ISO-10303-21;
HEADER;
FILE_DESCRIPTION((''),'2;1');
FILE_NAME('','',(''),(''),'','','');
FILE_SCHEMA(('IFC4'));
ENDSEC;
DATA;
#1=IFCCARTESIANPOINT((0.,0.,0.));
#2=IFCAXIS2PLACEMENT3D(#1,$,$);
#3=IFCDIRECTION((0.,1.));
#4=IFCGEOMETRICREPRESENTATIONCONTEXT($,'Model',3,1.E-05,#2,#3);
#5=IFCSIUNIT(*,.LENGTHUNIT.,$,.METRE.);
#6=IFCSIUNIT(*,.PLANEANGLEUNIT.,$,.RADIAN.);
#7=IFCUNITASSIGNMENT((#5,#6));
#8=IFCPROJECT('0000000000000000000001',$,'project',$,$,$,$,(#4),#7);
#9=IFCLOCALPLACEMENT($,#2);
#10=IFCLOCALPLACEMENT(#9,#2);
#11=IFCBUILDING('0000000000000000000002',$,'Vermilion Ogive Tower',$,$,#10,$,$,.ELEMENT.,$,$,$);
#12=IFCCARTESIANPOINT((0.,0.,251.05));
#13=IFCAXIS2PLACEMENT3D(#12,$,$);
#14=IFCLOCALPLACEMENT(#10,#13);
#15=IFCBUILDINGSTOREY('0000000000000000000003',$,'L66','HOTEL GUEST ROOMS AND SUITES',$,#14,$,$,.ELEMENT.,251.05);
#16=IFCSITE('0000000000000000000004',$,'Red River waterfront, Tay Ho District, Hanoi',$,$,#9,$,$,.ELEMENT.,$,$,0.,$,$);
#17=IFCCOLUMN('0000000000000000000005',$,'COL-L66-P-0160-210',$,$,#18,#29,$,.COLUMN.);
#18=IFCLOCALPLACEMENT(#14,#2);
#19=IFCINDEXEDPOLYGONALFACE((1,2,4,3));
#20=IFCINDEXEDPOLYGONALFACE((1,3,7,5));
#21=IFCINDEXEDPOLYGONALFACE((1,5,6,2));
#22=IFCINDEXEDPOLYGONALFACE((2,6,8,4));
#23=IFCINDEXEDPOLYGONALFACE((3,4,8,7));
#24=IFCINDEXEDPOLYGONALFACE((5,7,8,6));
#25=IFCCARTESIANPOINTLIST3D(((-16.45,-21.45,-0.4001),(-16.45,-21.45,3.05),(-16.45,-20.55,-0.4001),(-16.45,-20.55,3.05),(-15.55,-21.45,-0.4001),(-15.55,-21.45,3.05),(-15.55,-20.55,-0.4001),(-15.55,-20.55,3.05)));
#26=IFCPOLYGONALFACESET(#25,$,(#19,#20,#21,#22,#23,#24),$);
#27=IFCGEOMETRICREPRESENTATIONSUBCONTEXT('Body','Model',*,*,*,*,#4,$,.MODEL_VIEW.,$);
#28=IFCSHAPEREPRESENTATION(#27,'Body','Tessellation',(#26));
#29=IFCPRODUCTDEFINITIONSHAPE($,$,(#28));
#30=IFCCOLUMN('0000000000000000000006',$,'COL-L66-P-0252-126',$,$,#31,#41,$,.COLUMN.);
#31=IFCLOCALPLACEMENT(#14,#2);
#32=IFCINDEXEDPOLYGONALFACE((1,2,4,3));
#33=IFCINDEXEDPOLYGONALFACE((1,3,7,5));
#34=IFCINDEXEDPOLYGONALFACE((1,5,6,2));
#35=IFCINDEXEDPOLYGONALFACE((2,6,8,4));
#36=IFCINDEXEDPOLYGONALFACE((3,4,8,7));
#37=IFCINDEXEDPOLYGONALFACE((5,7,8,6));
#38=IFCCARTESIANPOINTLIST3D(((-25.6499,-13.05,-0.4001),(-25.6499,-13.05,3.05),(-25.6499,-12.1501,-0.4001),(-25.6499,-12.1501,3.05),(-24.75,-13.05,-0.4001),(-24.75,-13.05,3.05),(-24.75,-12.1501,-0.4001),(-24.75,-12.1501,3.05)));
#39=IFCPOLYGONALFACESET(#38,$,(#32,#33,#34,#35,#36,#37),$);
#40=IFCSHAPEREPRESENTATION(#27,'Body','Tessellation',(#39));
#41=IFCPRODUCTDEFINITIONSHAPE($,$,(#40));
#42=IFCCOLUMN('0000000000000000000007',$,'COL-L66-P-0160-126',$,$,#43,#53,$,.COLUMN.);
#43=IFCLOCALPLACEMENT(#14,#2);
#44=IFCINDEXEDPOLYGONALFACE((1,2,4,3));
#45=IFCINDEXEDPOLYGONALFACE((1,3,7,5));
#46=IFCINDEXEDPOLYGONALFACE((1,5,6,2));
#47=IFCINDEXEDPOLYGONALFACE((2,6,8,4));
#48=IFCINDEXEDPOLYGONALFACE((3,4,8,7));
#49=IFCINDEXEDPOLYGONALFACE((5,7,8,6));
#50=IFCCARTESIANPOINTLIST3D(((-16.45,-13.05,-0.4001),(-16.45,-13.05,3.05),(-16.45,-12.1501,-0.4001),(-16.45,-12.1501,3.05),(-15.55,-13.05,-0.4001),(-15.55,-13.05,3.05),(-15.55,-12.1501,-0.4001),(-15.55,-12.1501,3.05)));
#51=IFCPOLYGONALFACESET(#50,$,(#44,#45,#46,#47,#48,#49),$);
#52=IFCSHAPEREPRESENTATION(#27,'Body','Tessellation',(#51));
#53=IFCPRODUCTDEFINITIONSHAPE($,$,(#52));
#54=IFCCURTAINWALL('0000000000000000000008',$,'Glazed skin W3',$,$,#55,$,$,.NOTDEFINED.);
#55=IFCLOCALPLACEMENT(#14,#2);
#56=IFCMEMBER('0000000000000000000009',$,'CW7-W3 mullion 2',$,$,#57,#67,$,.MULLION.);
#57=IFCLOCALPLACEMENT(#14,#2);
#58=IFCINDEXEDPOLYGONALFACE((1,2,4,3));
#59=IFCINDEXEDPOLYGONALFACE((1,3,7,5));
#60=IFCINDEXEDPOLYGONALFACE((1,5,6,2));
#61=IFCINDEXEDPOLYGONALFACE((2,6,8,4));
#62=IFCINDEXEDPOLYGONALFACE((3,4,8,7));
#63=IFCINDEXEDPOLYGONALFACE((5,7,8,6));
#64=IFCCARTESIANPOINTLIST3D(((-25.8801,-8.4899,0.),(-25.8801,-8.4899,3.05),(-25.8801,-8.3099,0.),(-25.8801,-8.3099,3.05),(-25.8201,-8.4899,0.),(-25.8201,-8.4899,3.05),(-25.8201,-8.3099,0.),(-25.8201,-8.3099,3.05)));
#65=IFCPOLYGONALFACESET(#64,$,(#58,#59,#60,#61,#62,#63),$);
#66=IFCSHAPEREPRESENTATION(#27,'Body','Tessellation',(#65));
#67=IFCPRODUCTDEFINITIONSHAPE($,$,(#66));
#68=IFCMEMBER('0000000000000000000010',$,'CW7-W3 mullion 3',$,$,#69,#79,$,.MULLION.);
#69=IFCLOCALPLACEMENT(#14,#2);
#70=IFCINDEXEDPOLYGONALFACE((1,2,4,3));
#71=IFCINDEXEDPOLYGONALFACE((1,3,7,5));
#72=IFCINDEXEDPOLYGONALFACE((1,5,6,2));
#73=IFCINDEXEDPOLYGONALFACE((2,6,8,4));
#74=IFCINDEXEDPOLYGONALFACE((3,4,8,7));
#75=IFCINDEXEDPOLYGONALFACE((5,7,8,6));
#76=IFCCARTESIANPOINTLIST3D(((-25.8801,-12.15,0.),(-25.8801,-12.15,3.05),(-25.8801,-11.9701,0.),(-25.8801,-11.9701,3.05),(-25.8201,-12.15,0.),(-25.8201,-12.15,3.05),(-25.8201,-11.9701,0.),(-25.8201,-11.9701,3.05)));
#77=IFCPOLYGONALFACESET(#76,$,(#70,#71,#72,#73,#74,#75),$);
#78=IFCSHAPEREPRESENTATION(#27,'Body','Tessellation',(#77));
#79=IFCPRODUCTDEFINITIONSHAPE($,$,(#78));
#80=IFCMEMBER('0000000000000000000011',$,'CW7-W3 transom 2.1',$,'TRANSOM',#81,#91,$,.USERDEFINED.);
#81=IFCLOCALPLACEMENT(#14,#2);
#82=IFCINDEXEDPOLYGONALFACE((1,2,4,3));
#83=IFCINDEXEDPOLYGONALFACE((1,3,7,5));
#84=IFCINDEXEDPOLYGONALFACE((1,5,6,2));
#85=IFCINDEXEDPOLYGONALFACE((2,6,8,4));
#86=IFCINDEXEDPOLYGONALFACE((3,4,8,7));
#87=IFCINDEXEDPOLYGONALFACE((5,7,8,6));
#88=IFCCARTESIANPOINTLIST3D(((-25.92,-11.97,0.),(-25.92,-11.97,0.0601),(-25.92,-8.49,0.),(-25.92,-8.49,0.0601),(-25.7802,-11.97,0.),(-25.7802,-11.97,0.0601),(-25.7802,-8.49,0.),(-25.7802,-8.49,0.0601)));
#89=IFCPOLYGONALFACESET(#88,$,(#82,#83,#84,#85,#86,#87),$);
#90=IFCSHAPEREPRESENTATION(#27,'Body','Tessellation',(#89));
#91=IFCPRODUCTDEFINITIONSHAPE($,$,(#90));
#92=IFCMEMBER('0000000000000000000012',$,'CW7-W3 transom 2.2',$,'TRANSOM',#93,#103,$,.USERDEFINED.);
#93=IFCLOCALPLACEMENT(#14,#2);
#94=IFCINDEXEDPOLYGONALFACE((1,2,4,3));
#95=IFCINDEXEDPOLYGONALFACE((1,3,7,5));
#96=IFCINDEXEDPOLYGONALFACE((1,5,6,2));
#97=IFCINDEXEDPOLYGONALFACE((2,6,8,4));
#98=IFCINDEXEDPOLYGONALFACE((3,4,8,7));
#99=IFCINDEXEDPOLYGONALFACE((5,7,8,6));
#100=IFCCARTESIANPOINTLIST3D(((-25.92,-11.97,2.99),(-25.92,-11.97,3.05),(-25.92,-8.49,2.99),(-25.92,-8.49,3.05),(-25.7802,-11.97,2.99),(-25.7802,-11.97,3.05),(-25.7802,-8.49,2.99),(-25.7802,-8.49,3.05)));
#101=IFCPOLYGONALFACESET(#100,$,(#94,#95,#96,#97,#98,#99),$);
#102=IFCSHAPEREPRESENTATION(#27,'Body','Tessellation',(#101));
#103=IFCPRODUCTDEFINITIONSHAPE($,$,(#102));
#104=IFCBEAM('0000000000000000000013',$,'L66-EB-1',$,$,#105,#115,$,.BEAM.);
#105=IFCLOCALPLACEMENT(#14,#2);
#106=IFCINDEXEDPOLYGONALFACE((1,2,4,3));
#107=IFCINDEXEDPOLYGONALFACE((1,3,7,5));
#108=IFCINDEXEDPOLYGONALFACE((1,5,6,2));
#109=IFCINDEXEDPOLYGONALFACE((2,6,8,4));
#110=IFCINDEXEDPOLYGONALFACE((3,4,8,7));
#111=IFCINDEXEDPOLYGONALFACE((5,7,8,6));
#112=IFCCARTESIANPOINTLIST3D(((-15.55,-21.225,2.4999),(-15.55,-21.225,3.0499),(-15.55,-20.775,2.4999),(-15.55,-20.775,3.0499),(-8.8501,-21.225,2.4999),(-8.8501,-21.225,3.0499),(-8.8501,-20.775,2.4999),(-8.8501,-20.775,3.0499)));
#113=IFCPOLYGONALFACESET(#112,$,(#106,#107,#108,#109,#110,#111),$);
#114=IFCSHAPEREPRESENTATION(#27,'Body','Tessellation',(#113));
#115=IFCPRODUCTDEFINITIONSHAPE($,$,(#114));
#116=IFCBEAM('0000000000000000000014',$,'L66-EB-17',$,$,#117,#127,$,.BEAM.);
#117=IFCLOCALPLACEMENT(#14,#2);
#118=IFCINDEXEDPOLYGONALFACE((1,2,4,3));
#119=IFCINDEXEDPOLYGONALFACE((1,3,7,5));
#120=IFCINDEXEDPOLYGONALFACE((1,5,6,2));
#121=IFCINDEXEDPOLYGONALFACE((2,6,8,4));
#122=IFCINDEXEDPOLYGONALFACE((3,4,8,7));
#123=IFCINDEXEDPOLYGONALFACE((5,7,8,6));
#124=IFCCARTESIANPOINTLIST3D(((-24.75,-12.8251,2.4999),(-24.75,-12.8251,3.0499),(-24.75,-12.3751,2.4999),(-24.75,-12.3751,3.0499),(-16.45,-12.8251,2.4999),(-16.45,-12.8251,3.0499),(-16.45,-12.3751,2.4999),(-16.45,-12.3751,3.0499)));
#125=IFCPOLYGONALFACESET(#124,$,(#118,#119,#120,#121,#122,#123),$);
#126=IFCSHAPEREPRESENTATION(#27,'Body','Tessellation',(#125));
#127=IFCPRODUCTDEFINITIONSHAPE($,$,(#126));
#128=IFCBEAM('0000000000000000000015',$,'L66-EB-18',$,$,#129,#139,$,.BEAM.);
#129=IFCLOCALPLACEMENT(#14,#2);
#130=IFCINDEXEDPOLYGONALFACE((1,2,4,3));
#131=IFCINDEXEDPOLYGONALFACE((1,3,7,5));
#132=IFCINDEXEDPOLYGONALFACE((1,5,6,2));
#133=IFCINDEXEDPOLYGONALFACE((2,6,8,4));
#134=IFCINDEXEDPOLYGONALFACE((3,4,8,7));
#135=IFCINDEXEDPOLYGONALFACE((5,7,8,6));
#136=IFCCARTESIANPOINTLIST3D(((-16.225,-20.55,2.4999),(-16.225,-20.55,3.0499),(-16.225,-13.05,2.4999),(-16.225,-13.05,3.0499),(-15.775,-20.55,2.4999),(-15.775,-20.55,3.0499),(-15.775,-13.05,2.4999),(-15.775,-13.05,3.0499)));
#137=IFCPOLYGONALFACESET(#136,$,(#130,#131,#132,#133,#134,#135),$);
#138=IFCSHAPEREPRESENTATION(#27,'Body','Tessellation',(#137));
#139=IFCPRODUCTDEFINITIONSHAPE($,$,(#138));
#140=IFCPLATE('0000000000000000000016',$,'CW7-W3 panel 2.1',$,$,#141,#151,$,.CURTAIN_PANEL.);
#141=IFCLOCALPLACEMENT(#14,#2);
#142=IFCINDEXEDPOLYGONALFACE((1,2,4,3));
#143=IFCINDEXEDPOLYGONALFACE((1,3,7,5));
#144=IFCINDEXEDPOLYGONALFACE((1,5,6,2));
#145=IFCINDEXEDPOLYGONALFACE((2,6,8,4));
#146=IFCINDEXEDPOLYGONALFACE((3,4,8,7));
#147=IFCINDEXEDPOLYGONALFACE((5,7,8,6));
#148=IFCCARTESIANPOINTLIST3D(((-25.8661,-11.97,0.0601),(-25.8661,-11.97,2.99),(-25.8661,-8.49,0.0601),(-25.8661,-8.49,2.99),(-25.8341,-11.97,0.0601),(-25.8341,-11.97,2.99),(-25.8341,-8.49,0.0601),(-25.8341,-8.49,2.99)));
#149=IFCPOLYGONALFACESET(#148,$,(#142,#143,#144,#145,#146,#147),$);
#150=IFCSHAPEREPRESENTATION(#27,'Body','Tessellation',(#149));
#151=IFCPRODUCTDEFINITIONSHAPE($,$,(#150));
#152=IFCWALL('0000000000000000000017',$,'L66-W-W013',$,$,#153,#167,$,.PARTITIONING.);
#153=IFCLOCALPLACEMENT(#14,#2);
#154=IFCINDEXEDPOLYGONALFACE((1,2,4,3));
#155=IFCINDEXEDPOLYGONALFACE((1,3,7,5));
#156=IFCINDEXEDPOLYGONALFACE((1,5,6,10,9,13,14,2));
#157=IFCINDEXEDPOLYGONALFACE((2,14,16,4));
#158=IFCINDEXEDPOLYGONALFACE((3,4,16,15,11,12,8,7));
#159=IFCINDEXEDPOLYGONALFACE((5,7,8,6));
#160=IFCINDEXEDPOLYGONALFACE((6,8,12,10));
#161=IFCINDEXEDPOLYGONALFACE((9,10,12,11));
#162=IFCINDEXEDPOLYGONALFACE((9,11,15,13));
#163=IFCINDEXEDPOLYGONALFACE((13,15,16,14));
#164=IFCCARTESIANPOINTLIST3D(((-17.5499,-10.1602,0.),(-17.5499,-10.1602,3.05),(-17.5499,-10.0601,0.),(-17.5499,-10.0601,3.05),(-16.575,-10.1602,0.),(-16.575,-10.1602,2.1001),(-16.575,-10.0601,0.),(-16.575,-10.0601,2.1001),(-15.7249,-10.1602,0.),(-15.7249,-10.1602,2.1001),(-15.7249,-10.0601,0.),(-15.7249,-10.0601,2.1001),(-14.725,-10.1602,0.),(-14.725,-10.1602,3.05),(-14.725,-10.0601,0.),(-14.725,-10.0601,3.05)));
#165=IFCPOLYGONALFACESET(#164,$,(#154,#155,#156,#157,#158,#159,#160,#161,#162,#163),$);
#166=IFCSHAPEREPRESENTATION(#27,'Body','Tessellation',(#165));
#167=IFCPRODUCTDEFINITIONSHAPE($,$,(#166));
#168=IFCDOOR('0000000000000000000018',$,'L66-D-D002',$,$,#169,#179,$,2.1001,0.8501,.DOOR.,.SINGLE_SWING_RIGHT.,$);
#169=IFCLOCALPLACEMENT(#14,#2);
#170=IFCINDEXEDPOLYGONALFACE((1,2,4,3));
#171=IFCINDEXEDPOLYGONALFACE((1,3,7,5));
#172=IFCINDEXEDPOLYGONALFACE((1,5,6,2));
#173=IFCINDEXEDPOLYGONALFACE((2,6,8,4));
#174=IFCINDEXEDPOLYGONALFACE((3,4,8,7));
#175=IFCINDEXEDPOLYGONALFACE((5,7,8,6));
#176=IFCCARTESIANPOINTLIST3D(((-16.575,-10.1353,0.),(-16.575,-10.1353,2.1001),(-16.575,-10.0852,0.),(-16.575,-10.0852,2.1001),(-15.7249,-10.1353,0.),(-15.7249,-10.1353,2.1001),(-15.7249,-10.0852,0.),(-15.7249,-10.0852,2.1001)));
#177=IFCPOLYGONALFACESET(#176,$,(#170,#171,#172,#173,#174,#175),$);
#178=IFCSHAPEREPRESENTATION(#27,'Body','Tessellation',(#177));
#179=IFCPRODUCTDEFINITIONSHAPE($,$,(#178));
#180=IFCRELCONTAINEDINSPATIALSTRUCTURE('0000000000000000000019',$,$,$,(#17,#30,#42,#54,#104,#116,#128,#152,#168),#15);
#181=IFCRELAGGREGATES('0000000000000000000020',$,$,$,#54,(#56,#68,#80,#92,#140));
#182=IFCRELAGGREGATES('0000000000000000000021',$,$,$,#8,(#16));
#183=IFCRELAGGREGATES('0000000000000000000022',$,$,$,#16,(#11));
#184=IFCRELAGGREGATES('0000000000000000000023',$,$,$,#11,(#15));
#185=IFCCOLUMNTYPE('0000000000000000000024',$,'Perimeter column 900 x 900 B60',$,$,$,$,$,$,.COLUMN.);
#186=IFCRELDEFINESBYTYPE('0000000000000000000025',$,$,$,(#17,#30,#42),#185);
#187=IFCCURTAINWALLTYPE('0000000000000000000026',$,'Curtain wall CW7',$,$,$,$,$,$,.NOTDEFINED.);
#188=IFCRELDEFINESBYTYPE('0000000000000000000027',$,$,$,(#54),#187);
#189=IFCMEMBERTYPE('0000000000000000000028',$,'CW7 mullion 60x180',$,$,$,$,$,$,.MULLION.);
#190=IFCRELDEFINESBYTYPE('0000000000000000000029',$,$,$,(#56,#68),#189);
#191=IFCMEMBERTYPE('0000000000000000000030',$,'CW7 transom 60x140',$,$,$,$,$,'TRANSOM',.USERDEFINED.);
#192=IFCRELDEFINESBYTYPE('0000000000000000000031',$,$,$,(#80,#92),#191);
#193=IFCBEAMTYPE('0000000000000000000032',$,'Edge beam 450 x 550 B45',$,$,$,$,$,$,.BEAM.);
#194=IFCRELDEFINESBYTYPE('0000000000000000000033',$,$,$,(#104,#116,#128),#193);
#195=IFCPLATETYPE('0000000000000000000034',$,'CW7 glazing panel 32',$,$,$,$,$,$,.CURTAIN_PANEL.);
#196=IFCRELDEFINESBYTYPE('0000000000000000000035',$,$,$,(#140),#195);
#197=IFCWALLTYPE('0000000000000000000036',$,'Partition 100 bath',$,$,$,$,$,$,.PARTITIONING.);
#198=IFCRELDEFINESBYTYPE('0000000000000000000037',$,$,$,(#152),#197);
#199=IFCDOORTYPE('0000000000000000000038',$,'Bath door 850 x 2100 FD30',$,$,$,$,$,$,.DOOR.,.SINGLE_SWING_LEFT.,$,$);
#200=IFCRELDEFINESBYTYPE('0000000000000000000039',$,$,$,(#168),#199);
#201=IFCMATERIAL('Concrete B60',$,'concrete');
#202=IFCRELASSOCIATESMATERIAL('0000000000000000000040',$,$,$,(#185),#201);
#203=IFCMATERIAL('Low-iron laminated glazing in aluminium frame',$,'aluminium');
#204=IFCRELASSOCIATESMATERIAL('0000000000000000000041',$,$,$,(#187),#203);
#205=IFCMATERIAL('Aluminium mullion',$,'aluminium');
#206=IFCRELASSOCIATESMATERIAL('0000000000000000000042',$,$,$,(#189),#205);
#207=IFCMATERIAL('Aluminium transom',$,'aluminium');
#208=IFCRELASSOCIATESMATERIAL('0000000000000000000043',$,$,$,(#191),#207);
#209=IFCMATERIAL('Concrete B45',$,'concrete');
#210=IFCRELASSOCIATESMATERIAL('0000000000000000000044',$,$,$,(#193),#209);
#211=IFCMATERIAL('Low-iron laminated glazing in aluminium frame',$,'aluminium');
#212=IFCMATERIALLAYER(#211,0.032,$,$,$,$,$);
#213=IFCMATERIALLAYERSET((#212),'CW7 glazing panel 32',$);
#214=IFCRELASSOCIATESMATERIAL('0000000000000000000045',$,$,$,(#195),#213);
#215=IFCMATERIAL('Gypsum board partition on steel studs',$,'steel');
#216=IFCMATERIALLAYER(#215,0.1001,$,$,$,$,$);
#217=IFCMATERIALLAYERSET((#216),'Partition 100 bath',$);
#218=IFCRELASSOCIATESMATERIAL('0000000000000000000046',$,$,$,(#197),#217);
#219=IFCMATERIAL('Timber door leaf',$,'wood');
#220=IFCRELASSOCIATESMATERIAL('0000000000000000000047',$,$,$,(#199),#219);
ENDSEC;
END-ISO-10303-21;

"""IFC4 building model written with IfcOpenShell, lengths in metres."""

from ifc_helpers import new_model, si_unit, direction, frame, frame_2d, origin, origin_2d, place, context, subcontext, project, spatial, rectangle, extrude, material, layer, layer_set, material_profile, profile_set, type_object, element, fill, aggregate, save


model = new_model("IFC4")

# Units and contexts
model_context = context("Model", 3, precision=1e-05, world=origin(), true_north=direction((0.0, 1.0)))
body_context = subcontext(model_context, "Body", "Model", "MODEL_VIEW")
ifc_project = project(units=[si_unit("LENGTHUNIT", "METRE"), si_unit("PLANEANGLEUNIT", "RADIAN")], contexts=[model_context])

# Site, building, storey
site_placement = place(None, origin())
site = spatial("IfcSite", under=ifc_project, at=site_placement, Name="Red River waterfront, Tay Ho District, Hanoi", CompositionType="ELEMENT", RefElevation=0.0)
building_placement = place(site_placement, origin())
building = spatial("IfcBuilding", under=site, at=building_placement, Name="Vermilion Ogive Tower", CompositionType="ELEMENT")
storey_placement = place(building_placement, frame((0.0, 0.0, 251.05)))
storey = spatial("IfcBuildingStorey", under=building, at=storey_placement, Name="L66", Description="HOTEL GUEST ROOMS AND SUITES", CompositionType="ELEMENT", Elevation=251.05)

# Columns
ifc_material_1 = material(Name="Concrete B60", Category="concrete")
ifc_material_profile_1 = material_profile(ifc_material_1, rectangle(XDim=0.8999, YDim=0.8999, at=origin_2d()), Name="900 x 900")
ifc_profile_set_1 = profile_set([ifc_material_profile_1], Name="Concrete B60")
column_type = type_object("IfcColumnType", Name="Perimeter column 900 x 900 B60", PredefinedType="COLUMN", material=ifc_profile_set_1)
for number, where, z_axis, x_axis, name in (
    (1, (-16.0, -21.0, -0.4001), (0.0, 0.0, 1.0), (1.0, 0.0, 0.0), "COL-L66-P-0160-210"),
    (2, (-25.2, -12.6001, -0.4001), (0.0, 0.0, 1.0), (1.0, 0.0, 0.0), "COL-L66-P-0252-126"),
    (3, (-16.0, -12.6001, -0.4001), (0.0, 0.0, 1.0), (1.0, 0.0, 0.0), "COL-L66-P-0160-126"),
):
    element("IfcColumn", number, at=place(storey_placement, frame(where, z_axis=z_axis, x_axis=x_axis)), inside=storey, type_object=column_type, Name=name, PredefinedType="COLUMN", context=body_context, shape_type="SweptSolid", body=[
        extrude(rectangle(XDim=0.8999, YDim=0.8999, at=origin_2d()), origin(), (0.0, 0.0, 1.0), 3.4502),
    ])

# Curtain wall, members
ifc_material_2 = material(Name="Low-iron laminated glazing in aluminium frame", Category="aluminium")
curtain_wall_type = type_object("IfcCurtainWallType", Name="Curtain wall CW7", PredefinedType="NOTDEFINED", material=ifc_material_2)
curtain_wall_placement = place(storey_placement, origin())
curtain_wall = element("IfcCurtainWall", 4, at=curtain_wall_placement, inside=storey, type_object=curtain_wall_type, Name="Glazed skin W3", PredefinedType="NOTDEFINED")
ifc_material_3 = material(Name="Aluminium mullion", Category="aluminium")
ifc_material_profile_2 = material_profile(ifc_material_3, rectangle(XDim=0.0601, YDim=0.1799, at=origin_2d()), Name="AL 60x180")
ifc_profile_set_2 = profile_set([ifc_material_profile_2], Name="Aluminium mullion")
member_type_1 = type_object("IfcMemberType", Name="CW7 mullion 60x180", PredefinedType="MULLION", material=ifc_profile_set_2)
member_1_placement = place(storey_placement, frame((-25.8501, -8.3999, 0.0), z_axis=(0.0, 0.0, 1.0), x_axis=(1.0, 0.0, 0.0)))
member_1 = element("IfcMember", 5, at=member_1_placement, type_object=member_type_1, Name="CW7-W3 mullion 2", PredefinedType="MULLION", context=body_context, shape_type="SweptSolid", body=[
    extrude(rectangle(XDim=0.0601, YDim=0.1799, at=origin_2d()), origin(), (0.0, 0.0, 1.0), 3.05),
])
member_2_placement = place(storey_placement, frame((-25.8501, -12.0601, 0.0), z_axis=(0.0, 0.0, 1.0), x_axis=(1.0, 0.0, 0.0)))
member_2 = element("IfcMember", 6, at=member_2_placement, type_object=member_type_1, Name="CW7-W3 mullion 3", PredefinedType="MULLION", context=body_context, shape_type="SweptSolid", body=[
    extrude(rectangle(XDim=0.0601, YDim=0.1799, at=origin_2d()), origin(), (0.0, 0.0, 1.0), 3.05),
])
ifc_material_4 = material(Name="Aluminium transom", Category="aluminium")
ifc_material_profile_3 = material_profile(ifc_material_4, rectangle(XDim=0.1399, YDim=0.0601, at=origin_2d()), Name="AL 60x140")
ifc_profile_set_3 = profile_set([ifc_material_profile_3], Name="Aluminium transom")
member_type_2 = type_object("IfcMemberType", Name="CW7 transom 60x140", ElementType="TRANSOM", PredefinedType="USERDEFINED", material=ifc_profile_set_3)
member_3_placement = place(storey_placement, frame((-25.8501, -8.49, 0.03), z_axis=(0.0, -1.0, 0.0), x_axis=(1.0, 0.0, 0.0)))
member_3 = element("IfcMember", 7, at=member_3_placement, type_object=member_type_2, Name="CW7-W3 transom 2.1", ObjectType="TRANSOM", PredefinedType="USERDEFINED", context=body_context, shape_type="SweptSolid", body=[
    extrude(rectangle(XDim=0.1399, YDim=0.0601, at=origin_2d()), origin(), (0.0, 0.0, 1.0), 3.48),
])
member_4_placement = place(storey_placement, frame((-25.8501, -8.49, 3.02), z_axis=(0.0, -1.0, 0.0), x_axis=(1.0, 0.0, 0.0)))
member_4 = element("IfcMember", 8, at=member_4_placement, type_object=member_type_2, Name="CW7-W3 transom 2.2", ObjectType="TRANSOM", PredefinedType="USERDEFINED", context=body_context, shape_type="SweptSolid", body=[
    extrude(rectangle(XDim=0.1399, YDim=0.0601, at=origin_2d()), origin(), (0.0, 0.0, 1.0), 3.48),
])

# Beams
ifc_material_5 = material(Name="Concrete B45", Category="concrete")
ifc_material_profile_4 = material_profile(ifc_material_5, rectangle(XDim=0.45, YDim=0.55, at=origin_2d()), Name="450 x 550")
ifc_profile_set_4 = profile_set([ifc_material_profile_4], Name="Concrete B45")
beam_type = type_object("IfcBeamType", Name="Edge beam 450 x 550 B45", PredefinedType="BEAM", material=ifc_profile_set_4)
beam_1_placement = place(storey_placement, frame((-15.55, -21.0, 2.7749), z_axis=(1.0, 0.0, 0.0), x_axis=(0.0, 1.0, 0.0)))
element("IfcBeam", 9, at=beam_1_placement, inside=storey, type_object=beam_type, Name="L66-EB-1", PredefinedType="BEAM", context=body_context, shape_type="SweptSolid", body=[
    extrude(rectangle(XDim=0.45, YDim=0.55, at=origin_2d()), origin(), (0.0, 0.0, 1.0), 6.7),
])
beam_2_placement = place(storey_placement, frame((-24.75, -12.6001, 2.7749), z_axis=(1.0, 0.0, 0.0), x_axis=(0.0, 1.0, 0.0)))
element("IfcBeam", 10, at=beam_2_placement, inside=storey, type_object=beam_type, Name="L66-EB-17", PredefinedType="BEAM", context=body_context, shape_type="SweptSolid", body=[
    extrude(rectangle(XDim=0.45, YDim=0.55, at=origin_2d()), origin(), (0.0, 0.0, 1.0), 8.3),
])
beam_3_placement = place(storey_placement, frame((-16.0, -13.05, 2.7749), z_axis=(0.0, -1.0, 0.0), x_axis=(1.0, 0.0, 0.0)))
element("IfcBeam", 11, at=beam_3_placement, inside=storey, type_object=beam_type, Name="L66-EB-18", PredefinedType="BEAM", context=body_context, shape_type="SweptSolid", body=[
    extrude(rectangle(XDim=0.45, YDim=0.55, at=origin_2d()), origin(), (0.0, 0.0, 1.0), 7.5),
])

# Plate
ifc_material_6 = material(Name="Low-iron laminated glazing in aluminium frame", Category="aluminium")
ifc_layer_1 = layer(ifc_material_6, 0.032)
ifc_layer_set_1 = layer_set([ifc_layer_1], Name="CW7 glazing panel 32")
plate_type = type_object("IfcPlateType", Name="CW7 glazing panel 32", PredefinedType="CURTAIN_PANEL", material=ifc_layer_set_1)
plate_placement = place(storey_placement, frame((-25.8501, -10.23, 0.0601), z_axis=(0.0, 0.0, 1.0), x_axis=(0.0, -1.0, 0.0)))
plate = element("IfcPlate", 12, at=plate_placement, type_object=plate_type, Name="CW7-W3 panel 2.1", PredefinedType="CURTAIN_PANEL", context=body_context, shape_type="SweptSolid", body=[
    extrude(rectangle(XDim=3.48, YDim=0.032, at=origin_2d()), origin(), (0.0, 0.0, 1.0), 2.9299),
])
aggregate(curtain_wall, [member_1, member_2, member_3, member_4, plate])

# Wall, opening, door
ifc_material_7 = material(Name="Gypsum board partition on steel studs", Category="steel")
ifc_layer_2 = layer(ifc_material_7, 0.1001)
ifc_layer_set_2 = layer_set([ifc_layer_2], Name="Partition 100 bath")
wall_type_1 = type_object("IfcWallType", Name="Partition 100 bath", PredefinedType="PARTITIONING", material=ifc_layer_set_2)
wall_1_placement = place(storey_placement, frame((-17.55, -10.1101, 0.0), z_axis=(0.0, 0.0, 1.0), x_axis=(1.0, 0.0, 0.0)))
wall_1 = element("IfcWall", 13, at=wall_1_placement, inside=storey, type_object=wall_type_1, Name="L66-W-W013", PredefinedType="PARTITIONING", context=body_context, shape_type="SweptSolid", body=[
    extrude(rectangle(XDim=2.825, YDim=0.1001, at=frame_2d((1.4126, 0.0))), origin(), (0.0, 0.0, 1.0), 3.05),
])
opening_1_placement = place(wall_1_placement, frame((0.9751, 0.0, 0.0)))
opening_1 = element("IfcOpeningElement", 14, at=opening_1_placement, cuts=wall_1, PredefinedType="OPENING", context=body_context, shape_type="SweptSolid", body=[
    extrude(rectangle(XDim=0.8501, YDim=2.1001, at=frame_2d((0.425, 1.05))), frame((0.0, 0.0601, 0.0), z_axis=(0.0, -1.0, 0.0), x_axis=(1.0, 0.0, 0.0)), (0.0, 0.0, 1.0), 0.1201),
])
ifc_material_8 = material(Name="Timber door leaf", Category="wood")
door_type_1 = type_object("IfcDoorType", Name="Bath door 850 x 2100 FD30", OperationType="SINGLE_SWING_LEFT", PredefinedType="DOOR", material=ifc_material_8)
door_1_placement = place(opening_1_placement, origin())
door_1 = element("IfcDoor", 15, at=door_1_placement, inside=storey, type_object=door_type_1, Name="L66-D-D002", OperationType="SINGLE_SWING_RIGHT", OverallHeight=2.1001, OverallWidth=0.8501, PredefinedType="DOOR", context=body_context, shape_type="SweptSolid", body=[
    extrude(rectangle(XDim=0.8501, YDim=2.1001, at=frame_2d((0.425, 1.05))), frame((0.0, 0.0249, 0.0), z_axis=(0.0, -1.0, 0.0), x_axis=(1.0, 0.0, 0.0)), (0.0, 0.0, 1.0), 0.05),
])
fill(opening_1, door_1)

save(model, "model.ifc")
